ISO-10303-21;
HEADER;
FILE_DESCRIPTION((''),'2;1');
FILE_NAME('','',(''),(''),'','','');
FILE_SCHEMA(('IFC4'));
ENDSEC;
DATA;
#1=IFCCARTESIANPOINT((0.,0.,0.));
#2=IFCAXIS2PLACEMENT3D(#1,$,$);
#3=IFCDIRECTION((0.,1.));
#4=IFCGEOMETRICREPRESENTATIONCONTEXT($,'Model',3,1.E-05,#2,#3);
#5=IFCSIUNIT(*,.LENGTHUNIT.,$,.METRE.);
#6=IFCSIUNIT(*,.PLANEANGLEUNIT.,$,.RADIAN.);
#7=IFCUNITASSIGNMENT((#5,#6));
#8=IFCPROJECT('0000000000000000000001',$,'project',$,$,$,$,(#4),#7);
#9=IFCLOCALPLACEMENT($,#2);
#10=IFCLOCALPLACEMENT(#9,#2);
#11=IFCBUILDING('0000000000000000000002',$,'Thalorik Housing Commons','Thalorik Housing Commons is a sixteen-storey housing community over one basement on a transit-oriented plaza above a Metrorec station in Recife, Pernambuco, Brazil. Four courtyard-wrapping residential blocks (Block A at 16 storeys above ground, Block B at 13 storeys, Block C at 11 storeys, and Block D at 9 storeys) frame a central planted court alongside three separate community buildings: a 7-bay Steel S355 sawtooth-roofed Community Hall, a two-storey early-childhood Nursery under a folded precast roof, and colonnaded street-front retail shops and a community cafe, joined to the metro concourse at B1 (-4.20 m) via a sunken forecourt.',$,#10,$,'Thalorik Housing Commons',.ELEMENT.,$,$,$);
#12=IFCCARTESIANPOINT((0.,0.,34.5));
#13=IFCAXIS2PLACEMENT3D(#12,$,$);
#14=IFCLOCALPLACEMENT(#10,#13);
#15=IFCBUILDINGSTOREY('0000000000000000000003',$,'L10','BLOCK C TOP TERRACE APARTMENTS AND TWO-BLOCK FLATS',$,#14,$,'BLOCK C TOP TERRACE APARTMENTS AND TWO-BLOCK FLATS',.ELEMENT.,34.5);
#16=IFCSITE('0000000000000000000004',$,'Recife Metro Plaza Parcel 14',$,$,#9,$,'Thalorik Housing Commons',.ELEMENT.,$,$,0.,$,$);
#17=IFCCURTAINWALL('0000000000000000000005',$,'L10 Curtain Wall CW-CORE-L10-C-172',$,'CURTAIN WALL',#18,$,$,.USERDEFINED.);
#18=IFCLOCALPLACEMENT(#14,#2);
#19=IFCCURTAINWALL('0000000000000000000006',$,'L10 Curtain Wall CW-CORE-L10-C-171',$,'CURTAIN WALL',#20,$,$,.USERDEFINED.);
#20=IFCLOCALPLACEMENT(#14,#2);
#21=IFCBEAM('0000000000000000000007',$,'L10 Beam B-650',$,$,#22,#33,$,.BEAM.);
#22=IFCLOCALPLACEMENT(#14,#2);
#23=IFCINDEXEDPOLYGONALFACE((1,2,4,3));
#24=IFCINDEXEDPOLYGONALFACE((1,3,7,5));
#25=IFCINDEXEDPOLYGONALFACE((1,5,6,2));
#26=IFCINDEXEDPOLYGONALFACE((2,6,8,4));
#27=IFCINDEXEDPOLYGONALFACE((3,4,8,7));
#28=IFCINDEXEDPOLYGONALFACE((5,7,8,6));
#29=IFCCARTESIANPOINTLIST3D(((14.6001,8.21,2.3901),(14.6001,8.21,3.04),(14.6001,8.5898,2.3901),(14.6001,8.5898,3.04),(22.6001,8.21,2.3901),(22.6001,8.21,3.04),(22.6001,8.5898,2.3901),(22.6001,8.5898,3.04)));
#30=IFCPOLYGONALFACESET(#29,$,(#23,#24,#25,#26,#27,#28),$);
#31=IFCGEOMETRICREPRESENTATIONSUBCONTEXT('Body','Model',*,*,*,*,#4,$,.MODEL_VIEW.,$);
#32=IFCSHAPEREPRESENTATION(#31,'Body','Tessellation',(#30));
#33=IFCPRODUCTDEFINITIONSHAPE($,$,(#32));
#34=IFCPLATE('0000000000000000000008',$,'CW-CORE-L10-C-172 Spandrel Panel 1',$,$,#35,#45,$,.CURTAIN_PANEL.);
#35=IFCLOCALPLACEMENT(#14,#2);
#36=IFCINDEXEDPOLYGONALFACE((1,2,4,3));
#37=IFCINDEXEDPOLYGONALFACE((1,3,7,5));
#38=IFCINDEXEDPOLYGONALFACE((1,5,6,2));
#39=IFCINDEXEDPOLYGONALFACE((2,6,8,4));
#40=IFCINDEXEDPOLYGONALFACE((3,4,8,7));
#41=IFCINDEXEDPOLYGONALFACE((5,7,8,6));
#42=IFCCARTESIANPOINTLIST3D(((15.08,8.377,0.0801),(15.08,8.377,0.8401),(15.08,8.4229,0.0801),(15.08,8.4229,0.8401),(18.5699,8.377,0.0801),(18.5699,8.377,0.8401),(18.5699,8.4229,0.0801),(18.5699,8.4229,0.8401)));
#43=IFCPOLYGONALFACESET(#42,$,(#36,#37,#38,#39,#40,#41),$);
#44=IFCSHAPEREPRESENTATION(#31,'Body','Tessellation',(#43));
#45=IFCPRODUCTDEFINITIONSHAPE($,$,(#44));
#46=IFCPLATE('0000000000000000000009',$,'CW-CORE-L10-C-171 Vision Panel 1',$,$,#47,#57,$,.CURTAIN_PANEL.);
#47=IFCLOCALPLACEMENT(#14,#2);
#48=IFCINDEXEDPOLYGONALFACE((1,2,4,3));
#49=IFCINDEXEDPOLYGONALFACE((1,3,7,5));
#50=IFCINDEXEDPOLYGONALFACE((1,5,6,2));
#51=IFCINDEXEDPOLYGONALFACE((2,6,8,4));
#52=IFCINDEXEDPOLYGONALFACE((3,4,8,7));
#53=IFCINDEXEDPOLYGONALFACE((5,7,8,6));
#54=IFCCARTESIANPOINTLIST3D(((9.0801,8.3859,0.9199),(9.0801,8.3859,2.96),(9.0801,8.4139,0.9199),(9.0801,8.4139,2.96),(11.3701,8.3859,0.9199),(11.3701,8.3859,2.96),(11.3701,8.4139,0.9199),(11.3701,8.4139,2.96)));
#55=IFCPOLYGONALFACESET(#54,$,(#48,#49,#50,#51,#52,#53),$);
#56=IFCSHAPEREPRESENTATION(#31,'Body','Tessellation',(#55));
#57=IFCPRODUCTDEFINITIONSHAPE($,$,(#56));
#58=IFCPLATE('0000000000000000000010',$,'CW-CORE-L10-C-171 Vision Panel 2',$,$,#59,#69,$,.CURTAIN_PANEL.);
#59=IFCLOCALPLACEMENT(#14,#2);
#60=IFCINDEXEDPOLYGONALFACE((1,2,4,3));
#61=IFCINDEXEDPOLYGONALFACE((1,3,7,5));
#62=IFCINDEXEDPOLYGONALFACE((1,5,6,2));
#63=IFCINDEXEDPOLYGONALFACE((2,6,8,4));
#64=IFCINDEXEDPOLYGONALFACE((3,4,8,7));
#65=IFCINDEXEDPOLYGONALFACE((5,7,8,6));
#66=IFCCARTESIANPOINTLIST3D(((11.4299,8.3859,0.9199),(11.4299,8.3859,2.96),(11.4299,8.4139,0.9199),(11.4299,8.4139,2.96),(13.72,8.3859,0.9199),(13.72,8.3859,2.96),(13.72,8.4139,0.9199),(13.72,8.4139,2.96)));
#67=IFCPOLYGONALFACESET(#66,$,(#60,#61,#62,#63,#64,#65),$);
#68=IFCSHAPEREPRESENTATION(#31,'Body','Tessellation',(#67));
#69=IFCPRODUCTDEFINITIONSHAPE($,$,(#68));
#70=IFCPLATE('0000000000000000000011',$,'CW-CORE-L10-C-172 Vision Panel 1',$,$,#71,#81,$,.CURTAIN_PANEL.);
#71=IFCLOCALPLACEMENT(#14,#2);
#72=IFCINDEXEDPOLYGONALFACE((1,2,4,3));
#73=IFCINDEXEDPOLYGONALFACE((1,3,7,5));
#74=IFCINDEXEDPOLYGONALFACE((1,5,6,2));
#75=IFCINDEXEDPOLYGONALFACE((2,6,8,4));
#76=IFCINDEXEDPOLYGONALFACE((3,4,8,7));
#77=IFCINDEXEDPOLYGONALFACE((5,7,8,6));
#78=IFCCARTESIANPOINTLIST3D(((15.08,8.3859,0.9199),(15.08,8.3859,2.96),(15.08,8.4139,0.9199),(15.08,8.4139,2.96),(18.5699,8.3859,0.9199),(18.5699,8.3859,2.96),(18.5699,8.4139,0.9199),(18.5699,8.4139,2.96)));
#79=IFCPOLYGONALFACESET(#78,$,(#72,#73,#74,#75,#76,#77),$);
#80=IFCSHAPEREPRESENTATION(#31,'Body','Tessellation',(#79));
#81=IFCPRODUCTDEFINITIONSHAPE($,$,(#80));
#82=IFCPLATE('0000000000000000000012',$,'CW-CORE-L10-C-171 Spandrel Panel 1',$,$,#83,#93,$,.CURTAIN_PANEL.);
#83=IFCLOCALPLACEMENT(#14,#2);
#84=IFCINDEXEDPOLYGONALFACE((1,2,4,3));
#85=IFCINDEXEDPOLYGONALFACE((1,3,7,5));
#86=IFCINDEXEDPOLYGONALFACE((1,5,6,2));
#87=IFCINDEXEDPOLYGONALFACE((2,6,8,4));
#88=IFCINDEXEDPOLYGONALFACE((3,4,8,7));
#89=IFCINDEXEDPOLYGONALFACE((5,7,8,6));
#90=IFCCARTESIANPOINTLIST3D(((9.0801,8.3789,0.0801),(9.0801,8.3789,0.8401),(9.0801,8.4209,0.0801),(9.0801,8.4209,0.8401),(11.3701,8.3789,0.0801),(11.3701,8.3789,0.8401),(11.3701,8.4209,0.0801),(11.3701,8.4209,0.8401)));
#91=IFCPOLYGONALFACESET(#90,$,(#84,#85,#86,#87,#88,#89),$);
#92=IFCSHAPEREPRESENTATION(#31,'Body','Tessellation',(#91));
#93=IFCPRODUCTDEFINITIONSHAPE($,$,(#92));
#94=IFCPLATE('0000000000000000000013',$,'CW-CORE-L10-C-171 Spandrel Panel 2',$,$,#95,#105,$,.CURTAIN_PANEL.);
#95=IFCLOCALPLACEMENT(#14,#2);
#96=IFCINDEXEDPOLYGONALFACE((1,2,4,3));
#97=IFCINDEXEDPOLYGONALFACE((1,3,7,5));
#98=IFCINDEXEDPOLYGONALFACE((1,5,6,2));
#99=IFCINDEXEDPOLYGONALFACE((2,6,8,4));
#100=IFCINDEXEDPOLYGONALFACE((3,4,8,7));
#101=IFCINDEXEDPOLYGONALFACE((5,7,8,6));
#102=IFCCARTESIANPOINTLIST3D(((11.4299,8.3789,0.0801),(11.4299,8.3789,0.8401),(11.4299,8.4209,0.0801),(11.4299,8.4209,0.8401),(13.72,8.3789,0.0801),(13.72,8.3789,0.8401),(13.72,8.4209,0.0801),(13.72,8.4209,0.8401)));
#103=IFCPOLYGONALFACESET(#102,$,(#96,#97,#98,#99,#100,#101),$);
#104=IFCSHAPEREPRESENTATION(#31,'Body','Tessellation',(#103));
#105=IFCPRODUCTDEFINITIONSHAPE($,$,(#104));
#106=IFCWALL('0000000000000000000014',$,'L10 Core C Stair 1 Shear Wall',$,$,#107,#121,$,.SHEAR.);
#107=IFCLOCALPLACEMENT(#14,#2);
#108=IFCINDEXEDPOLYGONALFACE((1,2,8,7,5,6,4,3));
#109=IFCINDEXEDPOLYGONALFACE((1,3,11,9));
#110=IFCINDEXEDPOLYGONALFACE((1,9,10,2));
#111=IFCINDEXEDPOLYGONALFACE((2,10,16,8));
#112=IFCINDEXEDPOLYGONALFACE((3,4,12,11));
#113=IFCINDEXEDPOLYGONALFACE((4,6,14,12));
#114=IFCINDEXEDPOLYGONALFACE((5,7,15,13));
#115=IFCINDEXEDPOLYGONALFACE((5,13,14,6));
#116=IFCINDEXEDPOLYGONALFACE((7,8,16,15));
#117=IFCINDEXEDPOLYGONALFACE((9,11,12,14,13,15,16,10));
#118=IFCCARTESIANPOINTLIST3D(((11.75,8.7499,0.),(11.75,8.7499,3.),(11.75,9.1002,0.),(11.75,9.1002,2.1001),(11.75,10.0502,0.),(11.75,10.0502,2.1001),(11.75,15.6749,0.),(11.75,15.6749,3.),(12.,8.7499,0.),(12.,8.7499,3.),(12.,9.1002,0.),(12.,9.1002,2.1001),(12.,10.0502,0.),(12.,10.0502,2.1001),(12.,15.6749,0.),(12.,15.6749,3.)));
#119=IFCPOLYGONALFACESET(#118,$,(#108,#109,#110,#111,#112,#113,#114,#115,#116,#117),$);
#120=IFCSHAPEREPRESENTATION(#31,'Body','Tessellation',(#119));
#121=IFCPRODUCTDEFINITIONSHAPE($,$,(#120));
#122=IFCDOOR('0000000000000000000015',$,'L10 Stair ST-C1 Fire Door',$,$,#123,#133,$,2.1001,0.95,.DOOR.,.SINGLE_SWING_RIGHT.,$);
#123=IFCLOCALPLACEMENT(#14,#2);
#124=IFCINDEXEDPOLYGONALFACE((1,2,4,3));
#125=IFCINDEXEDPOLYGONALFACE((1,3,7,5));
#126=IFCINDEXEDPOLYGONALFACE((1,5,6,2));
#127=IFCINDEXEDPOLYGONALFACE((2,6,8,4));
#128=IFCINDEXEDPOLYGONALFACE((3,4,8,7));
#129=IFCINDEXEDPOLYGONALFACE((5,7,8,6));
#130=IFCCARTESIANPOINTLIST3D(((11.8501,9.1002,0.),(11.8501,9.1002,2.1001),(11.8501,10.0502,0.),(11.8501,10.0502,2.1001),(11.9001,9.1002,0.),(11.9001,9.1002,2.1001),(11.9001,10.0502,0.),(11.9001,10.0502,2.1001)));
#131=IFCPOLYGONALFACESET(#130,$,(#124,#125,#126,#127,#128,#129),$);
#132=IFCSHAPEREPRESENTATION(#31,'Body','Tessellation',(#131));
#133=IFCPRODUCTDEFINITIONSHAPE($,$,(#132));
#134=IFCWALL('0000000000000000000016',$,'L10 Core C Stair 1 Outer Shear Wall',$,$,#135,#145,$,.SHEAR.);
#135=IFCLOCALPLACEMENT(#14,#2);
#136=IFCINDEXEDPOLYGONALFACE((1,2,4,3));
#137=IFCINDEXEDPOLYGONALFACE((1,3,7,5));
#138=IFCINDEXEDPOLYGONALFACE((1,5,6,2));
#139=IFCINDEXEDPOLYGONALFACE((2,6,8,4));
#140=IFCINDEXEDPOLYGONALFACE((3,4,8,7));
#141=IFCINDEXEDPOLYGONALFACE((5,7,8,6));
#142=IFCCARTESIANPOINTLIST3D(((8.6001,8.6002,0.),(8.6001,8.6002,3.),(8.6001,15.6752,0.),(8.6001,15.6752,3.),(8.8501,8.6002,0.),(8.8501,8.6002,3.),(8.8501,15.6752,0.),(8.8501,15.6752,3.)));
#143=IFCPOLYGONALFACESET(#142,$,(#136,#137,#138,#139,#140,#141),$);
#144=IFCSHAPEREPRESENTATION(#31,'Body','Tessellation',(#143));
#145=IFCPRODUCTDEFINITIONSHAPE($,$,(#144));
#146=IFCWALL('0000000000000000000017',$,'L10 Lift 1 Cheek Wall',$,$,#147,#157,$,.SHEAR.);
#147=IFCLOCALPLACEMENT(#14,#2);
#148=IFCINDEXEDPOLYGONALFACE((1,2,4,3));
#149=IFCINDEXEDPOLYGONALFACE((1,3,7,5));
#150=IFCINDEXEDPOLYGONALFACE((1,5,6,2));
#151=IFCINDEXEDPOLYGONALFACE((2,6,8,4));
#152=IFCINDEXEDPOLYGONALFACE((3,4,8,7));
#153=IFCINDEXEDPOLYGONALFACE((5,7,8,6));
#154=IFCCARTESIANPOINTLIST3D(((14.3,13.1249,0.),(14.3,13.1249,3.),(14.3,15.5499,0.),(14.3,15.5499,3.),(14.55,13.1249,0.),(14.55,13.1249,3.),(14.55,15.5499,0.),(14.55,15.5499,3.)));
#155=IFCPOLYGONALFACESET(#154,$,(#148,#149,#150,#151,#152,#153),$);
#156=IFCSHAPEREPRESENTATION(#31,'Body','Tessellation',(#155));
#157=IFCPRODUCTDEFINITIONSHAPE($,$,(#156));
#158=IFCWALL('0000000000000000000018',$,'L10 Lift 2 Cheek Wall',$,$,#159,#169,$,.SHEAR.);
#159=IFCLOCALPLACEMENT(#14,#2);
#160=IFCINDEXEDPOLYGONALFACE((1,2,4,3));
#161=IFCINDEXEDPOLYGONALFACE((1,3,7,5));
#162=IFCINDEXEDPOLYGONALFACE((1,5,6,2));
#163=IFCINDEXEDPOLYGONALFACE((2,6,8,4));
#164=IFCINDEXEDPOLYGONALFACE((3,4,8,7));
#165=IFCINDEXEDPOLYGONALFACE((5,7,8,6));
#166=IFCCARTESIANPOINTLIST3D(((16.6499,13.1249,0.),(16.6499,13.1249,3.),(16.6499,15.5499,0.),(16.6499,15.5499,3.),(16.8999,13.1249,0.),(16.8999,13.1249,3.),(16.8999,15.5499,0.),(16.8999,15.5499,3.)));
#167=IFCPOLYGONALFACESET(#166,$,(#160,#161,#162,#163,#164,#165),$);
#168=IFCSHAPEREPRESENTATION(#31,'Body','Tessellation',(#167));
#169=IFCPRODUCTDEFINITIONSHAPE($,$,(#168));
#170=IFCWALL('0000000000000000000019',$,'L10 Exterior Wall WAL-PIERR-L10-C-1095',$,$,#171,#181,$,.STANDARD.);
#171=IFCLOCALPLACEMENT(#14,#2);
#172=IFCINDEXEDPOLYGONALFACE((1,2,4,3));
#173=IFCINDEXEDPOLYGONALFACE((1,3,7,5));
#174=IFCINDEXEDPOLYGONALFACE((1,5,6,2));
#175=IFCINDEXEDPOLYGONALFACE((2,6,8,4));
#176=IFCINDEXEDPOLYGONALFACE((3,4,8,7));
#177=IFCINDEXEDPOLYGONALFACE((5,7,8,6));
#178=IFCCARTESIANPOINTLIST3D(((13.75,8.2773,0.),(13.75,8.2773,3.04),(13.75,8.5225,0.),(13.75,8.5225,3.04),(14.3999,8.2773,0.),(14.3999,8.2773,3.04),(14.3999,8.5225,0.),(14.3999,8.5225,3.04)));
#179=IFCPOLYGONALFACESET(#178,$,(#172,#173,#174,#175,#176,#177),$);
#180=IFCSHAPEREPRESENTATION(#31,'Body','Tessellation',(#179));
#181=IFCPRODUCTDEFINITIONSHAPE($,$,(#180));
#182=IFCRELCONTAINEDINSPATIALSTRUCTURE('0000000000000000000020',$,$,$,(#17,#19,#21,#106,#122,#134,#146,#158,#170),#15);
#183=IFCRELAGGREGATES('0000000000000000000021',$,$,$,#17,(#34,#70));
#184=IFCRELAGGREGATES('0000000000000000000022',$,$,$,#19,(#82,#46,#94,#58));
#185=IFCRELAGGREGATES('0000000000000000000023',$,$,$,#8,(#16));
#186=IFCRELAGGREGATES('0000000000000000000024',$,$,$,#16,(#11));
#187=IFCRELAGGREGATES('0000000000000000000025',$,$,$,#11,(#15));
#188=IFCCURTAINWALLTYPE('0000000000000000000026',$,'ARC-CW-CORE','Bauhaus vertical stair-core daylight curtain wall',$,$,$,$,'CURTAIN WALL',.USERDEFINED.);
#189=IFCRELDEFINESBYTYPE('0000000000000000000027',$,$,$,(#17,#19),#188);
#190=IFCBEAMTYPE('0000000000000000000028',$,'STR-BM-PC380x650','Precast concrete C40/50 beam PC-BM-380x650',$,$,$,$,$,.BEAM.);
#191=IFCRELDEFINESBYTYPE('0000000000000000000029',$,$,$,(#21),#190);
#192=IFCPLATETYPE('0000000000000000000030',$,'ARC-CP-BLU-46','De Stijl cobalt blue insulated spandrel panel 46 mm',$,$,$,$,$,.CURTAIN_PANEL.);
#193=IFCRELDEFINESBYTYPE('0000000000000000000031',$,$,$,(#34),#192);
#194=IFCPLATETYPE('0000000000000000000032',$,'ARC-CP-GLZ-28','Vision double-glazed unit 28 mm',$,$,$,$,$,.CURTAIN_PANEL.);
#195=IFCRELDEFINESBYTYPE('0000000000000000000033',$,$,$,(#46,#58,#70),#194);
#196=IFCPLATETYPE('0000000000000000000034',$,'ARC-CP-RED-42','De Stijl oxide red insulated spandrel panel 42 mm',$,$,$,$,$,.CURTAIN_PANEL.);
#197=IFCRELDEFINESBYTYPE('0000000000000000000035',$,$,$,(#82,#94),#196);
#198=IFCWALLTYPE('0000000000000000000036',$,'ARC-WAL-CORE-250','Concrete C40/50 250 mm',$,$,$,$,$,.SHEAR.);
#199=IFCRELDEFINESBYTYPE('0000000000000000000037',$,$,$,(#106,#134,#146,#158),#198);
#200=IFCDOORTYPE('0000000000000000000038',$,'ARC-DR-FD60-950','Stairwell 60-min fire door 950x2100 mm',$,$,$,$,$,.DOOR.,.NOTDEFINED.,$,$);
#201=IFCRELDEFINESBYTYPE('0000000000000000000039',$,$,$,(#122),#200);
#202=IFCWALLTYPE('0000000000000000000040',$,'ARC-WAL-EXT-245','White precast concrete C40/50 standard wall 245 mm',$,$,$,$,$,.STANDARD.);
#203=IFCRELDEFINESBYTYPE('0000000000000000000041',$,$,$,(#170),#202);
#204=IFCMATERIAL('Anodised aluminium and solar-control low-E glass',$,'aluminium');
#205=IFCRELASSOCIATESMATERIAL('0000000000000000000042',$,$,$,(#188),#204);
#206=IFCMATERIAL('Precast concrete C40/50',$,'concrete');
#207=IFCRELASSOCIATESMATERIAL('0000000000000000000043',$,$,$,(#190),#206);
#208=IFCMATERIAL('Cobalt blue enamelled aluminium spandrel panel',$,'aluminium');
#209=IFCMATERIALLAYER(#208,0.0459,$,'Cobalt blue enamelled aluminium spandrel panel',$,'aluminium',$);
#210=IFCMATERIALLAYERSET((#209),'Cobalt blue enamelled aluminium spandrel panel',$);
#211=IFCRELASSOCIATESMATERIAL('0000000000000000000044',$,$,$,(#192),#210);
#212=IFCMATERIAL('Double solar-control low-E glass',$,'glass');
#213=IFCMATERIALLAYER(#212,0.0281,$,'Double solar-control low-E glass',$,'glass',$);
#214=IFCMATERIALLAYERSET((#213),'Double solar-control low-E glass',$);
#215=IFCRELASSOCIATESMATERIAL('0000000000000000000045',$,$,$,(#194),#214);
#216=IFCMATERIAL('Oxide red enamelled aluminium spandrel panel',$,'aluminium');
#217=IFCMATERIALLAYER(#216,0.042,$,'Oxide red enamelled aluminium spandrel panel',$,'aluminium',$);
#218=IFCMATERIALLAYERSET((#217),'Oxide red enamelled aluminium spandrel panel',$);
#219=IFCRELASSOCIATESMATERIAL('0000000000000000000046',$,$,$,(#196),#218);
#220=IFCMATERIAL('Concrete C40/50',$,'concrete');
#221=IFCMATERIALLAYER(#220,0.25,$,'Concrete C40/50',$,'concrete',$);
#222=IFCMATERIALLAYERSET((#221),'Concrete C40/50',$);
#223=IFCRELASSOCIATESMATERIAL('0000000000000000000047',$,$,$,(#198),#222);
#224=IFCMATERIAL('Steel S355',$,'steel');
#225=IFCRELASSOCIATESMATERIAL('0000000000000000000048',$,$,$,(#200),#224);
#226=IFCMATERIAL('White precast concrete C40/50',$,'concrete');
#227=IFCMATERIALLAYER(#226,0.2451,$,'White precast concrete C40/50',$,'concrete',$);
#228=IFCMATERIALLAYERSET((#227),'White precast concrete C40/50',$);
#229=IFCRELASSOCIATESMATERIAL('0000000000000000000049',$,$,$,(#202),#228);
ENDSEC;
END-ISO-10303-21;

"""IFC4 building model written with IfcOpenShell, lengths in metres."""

from ifc_helpers import new_model, si_unit, direction, frame, frame_2d, origin, origin_2d, place, context, subcontext, project, spatial, rectangle, extrude, material, layer, layer_set, material_profile, profile_set, type_object, element, fill, aggregate, save


model = new_model("IFC4")

# Units and contexts
model_context = context("Model", 3, precision=1e-05, world=origin(), true_north=direction((0.0, 1.0)))
body_context = subcontext(model_context, "Body", "Model", "MODEL_VIEW")
ifc_project = project(units=[si_unit("LENGTHUNIT", "METRE"), si_unit("PLANEANGLEUNIT", "RADIAN")], contexts=[model_context])

# Site, building, storey
site_placement = place(None, origin())
site = spatial("IfcSite", under=ifc_project, at=site_placement, Name="Recife Metro Plaza Parcel 14", LongName="Thalorik Housing Commons", CompositionType="ELEMENT", RefElevation=0.0)
building_placement = place(site_placement, origin())
building = spatial("IfcBuilding", under=site, at=building_placement, Name="Thalorik Housing Commons", Description="Thalorik Housing Commons is a sixteen-storey housing community over one basement on a transit-oriented plaza above a Metrorec station in Recife, Pernambuco, Brazil. Four courtyard-wrapping residential blocks (Block A at 16 storeys above ground, Block B at 13 storeys, Block C at 11 storeys, and Block D at 9 storeys) frame a central planted court alongside three separate community buildings: a 7-bay Steel S355 sawtooth-roofed Community Hall, a two-storey early-childhood Nursery under a folded precast roof, and colonnaded street-front retail shops and a community cafe, joined to the metro concourse at B1 (-4.20 m) via a sunken forecourt.", LongName="Thalorik Housing Commons", CompositionType="ELEMENT")
storey_placement = place(building_placement, frame((0.0, 0.0, 34.5)))
storey = spatial("IfcBuildingStorey", under=building, at=storey_placement, Name="L10", Description="BLOCK C TOP TERRACE APARTMENTS AND TWO-BLOCK FLATS", LongName="BLOCK C TOP TERRACE APARTMENTS AND TWO-BLOCK FLATS", CompositionType="ELEMENT", Elevation=34.5)

# Shared definitions
ifc_material_1 = material(Name="Precast concrete C40/50", Category="concrete")

# Curtain walls
ifc_material_2 = material(Name="Anodised aluminium and solar-control low-E glass", Category="aluminium")
curtain_wall_type = type_object("IfcCurtainWallType", Name="ARC-CW-CORE", Description="Bauhaus vertical stair-core daylight curtain wall", ElementType="CURTAIN WALL", PredefinedType="USERDEFINED", material=ifc_material_2)
curtain_wall_1_placement = place(storey_placement, origin())
curtain_wall_1 = element("IfcCurtainWall", 1, at=curtain_wall_1_placement, inside=storey, type_object=curtain_wall_type, Name="L10 Curtain Wall CW-CORE-L10-C-172", ObjectType="CURTAIN WALL", PredefinedType="USERDEFINED")
curtain_wall_2_placement = place(storey_placement, origin())
curtain_wall_2 = element("IfcCurtainWall", 2, at=curtain_wall_2_placement, inside=storey, type_object=curtain_wall_type, Name="L10 Curtain Wall CW-CORE-L10-C-171", ObjectType="CURTAIN WALL", PredefinedType="USERDEFINED")

# Beam
ifc_material_profile_1 = material_profile(ifc_material_1, rectangle(XDim=0.3799, YDim=0.6499, at=origin_2d()), Name="PC 380x650", Category="concrete")
ifc_profile_set_1 = profile_set([ifc_material_profile_1], Name="Precast concrete C40/50")
beam_type_1 = type_object("IfcBeamType", Name="STR-BM-PC380x650", Description="Precast concrete C40/50 beam PC-BM-380x650", PredefinedType="BEAM", material=ifc_profile_set_1)
beam_1_placement = place(storey_placement, frame((14.6001, 8.3999, 2.7151), z_axis=(1.0, 0.0, 0.0), x_axis=(0.0, 1.0, 0.0)))
element("IfcBeam", 3, at=beam_1_placement, inside=storey, type_object=beam_type_1, Name="L10 Beam B-650", PredefinedType="BEAM", context=body_context, shape_type="SweptSolid", body=[
    extrude(rectangle(XDim=0.3799, YDim=0.6499, at=origin_2d()), origin(), (0.0, 0.0, 1.0), 8.0),
])

# Plates
ifc_material_3 = material(Name="Cobalt blue enamelled aluminium spandrel panel", Category="aluminium")
ifc_layer_1 = layer(ifc_material_3, 0.0459, Name="Cobalt blue enamelled aluminium spandrel panel", Category="aluminium")
ifc_layer_set_1 = layer_set([ifc_layer_1], Name="Cobalt blue enamelled aluminium spandrel panel")
plate_type_1 = type_object("IfcPlateType", Name="ARC-CP-BLU-46", Description="De Stijl cobalt blue insulated spandrel panel 46 mm", PredefinedType="CURTAIN_PANEL", material=ifc_layer_set_1)
plate_1_placement = place(storey_placement, frame((16.825, 8.3999, 0.0801), z_axis=(0.0, 0.0, 1.0), x_axis=(1.0, 0.0, 0.0)))
plate_1 = element("IfcPlate", 4, at=plate_1_placement, type_object=plate_type_1, Name="CW-CORE-L10-C-172 Spandrel Panel 1", PredefinedType="CURTAIN_PANEL", context=body_context, shape_type="SweptSolid", body=[
    extrude(rectangle(XDim=3.49, YDim=0.0459, at=origin_2d()), origin(), (0.0, 0.0, 1.0), 0.76),
])
ifc_material_4 = material(Name="Double solar-control low-E glass", Category="glass")
ifc_layer_2 = layer(ifc_material_4, 0.0281, Name="Double solar-control low-E glass", Category="glass")
ifc_layer_set_2 = layer_set([ifc_layer_2], Name="Double solar-control low-E glass")
plate_type_2 = type_object("IfcPlateType", Name="ARC-CP-GLZ-28", Description="Vision double-glazed unit 28 mm", PredefinedType="CURTAIN_PANEL", material=ifc_layer_set_2)
plate_2_placement = place(storey_placement, frame((10.2251, 8.3999, 0.9199), z_axis=(0.0, 0.0, 1.0), x_axis=(1.0, 0.0, 0.0)))
plate_2 = element("IfcPlate", 5, at=plate_2_placement, type_object=plate_type_2, Name="CW-CORE-L10-C-171 Vision Panel 1", PredefinedType="CURTAIN_PANEL", context=body_context, shape_type="SweptSolid", body=[
    extrude(rectangle(XDim=2.29, YDim=0.0281, at=origin_2d()), origin(), (0.0, 0.0, 1.0), 2.04),
])
plate_3_placement = place(storey_placement, frame((12.575, 8.3999, 0.9199), z_axis=(0.0, 0.0, 1.0), x_axis=(1.0, 0.0, 0.0)))
plate_3 = element("IfcPlate", 6, at=plate_3_placement, type_object=plate_type_2, Name="CW-CORE-L10-C-171 Vision Panel 2", PredefinedType="CURTAIN_PANEL", context=body_context, shape_type="SweptSolid", body=[
    extrude(rectangle(XDim=2.29, YDim=0.0281, at=origin_2d()), origin(), (0.0, 0.0, 1.0), 2.04),
])
plate_4_placement = place(storey_placement, frame((16.825, 8.3999, 0.9199), z_axis=(0.0, 0.0, 1.0), x_axis=(1.0, 0.0, 0.0)))
plate_4 = element("IfcPlate", 7, at=plate_4_placement, type_object=plate_type_2, Name="CW-CORE-L10-C-172 Vision Panel 1", PredefinedType="CURTAIN_PANEL", context=body_context, shape_type="SweptSolid", body=[
    extrude(rectangle(XDim=3.49, YDim=0.0281, at=origin_2d()), origin(), (0.0, 0.0, 1.0), 2.04),
])
aggregate(curtain_wall_1, [plate_1, plate_4])
ifc_material_5 = material(Name="Oxide red enamelled aluminium spandrel panel", Category="aluminium")
ifc_layer_3 = layer(ifc_material_5, 0.042, Name="Oxide red enamelled aluminium spandrel panel", Category="aluminium")
ifc_layer_set_3 = layer_set([ifc_layer_3], Name="Oxide red enamelled aluminium spandrel panel")
plate_type_3 = type_object("IfcPlateType", Name="ARC-CP-RED-42", Description="De Stijl oxide red insulated spandrel panel 42 mm", PredefinedType="CURTAIN_PANEL", material=ifc_layer_set_3)
plate_5_placement = place(storey_placement, frame((10.2251, 8.3999, 0.0801), z_axis=(0.0, 0.0, 1.0), x_axis=(1.0, 0.0, 0.0)))
plate_5 = element("IfcPlate", 8, at=plate_5_placement, type_object=plate_type_3, Name="CW-CORE-L10-C-171 Spandrel Panel 1", PredefinedType="CURTAIN_PANEL", context=body_context, shape_type="SweptSolid", body=[
    extrude(rectangle(XDim=2.29, YDim=0.042, at=origin_2d()), origin(), (0.0, 0.0, 1.0), 0.76),
])
plate_6_placement = place(storey_placement, frame((12.575, 8.3999, 0.0801), z_axis=(0.0, 0.0, 1.0), x_axis=(1.0, 0.0, 0.0)))
plate_6 = element("IfcPlate", 9, at=plate_6_placement, type_object=plate_type_3, Name="CW-CORE-L10-C-171 Spandrel Panel 2", PredefinedType="CURTAIN_PANEL", context=body_context, shape_type="SweptSolid", body=[
    extrude(rectangle(XDim=2.29, YDim=0.042, at=origin_2d()), origin(), (0.0, 0.0, 1.0), 0.76),
])
aggregate(curtain_wall_2, [plate_5, plate_2, plate_6, plate_3])

# Wall, opening, door
ifc_material_6 = material(Name="Concrete C40/50", Category="concrete")
ifc_layer_4 = layer(ifc_material_6, 0.25, Name="Concrete C40/50", Category="concrete")
ifc_layer_set_4 = layer_set([ifc_layer_4], Name="Concrete C40/50")
wall_type_1 = type_object("IfcWallType", Name="ARC-WAL-CORE-250", Description="Concrete C40/50 250 mm", PredefinedType="SHEAR", material=ifc_layer_set_4)
wall_1_placement = place(storey_placement, frame((11.875, 8.75, 0.0), z_axis=(0.0, 0.0, 1.0), x_axis=(0.0, 1.0, 0.0)))
wall_1 = element("IfcWall", 10, at=wall_1_placement, inside=storey, type_object=wall_type_1, Name="L10 Core C Stair 1 Shear Wall", PredefinedType="SHEAR", context=body_context, shape_type="SweptSolid", body=[
    extrude(rectangle(XDim=6.925, YDim=0.25, at=frame_2d((3.4624, 0.0))), origin(), (0.0, 0.0, 1.0), 3.0),
])
opening_1_placement = place(wall_1_placement, frame((0.3501, 0.0, 0.0)))
opening_1 = element("IfcOpeningElement", 11, at=opening_1_placement, cuts=wall_1, PredefinedType="OPENING", context=body_context, shape_type="SweptSolid", body=[
    extrude(rectangle(XDim=0.95, YDim=2.1001, at=frame_2d((0.4751, 1.05))), frame((0.0, 0.135, 0.0), z_axis=(0.0, -1.0, 0.0), x_axis=(1.0, 0.0, 0.0)), (0.0, 0.0, 1.0), 0.27),
])
ifc_material_7 = material(Name="Steel S355", Category="steel")
door_type_1 = type_object("IfcDoorType", Name="ARC-DR-FD60-950", Description="Stairwell 60-min fire door 950x2100 mm", OperationType="NOTDEFINED", PredefinedType="DOOR", material=ifc_material_7)
door_1_placement = place(opening_1_placement, origin())
door_1 = element("IfcDoor", 12, at=door_1_placement, inside=storey, type_object=door_type_1, Name="L10 Stair ST-C1 Fire Door", OperationType="SINGLE_SWING_RIGHT", OverallHeight=2.1001, OverallWidth=0.95, PredefinedType="DOOR", context=body_context, shape_type="SweptSolid", body=[
    extrude(rectangle(XDim=0.95, YDim=2.1001, at=frame_2d((0.4751, 1.05))), frame((0.0, 0.0249, 0.0), z_axis=(0.0, -1.0, 0.0), x_axis=(1.0, 0.0, 0.0)), (0.0, 0.0, 1.0), 0.05),
])
fill(opening_1, door_1)

# Wall
wall_2_placement = place(storey_placement, frame((8.7251, 8.6001, 0.0), z_axis=(0.0, 0.0, 1.0), x_axis=(0.0, 1.0, 0.0)))
element("IfcWall", 13, at=wall_2_placement, inside=storey, type_object=wall_type_1, Name="L10 Core C Stair 1 Outer Shear Wall", PredefinedType="SHEAR", context=body_context, shape_type="SweptSolid", body=[
    extrude(rectangle(XDim=7.075, YDim=0.25, at=frame_2d((3.5376, 0.0))), origin(), (0.0, 0.0, 1.0), 3.0),
])

# Walls
for number, where, z_axis, x_axis, name in (
    (14, (14.425, 13.125, 0.0), (0.0, 0.0, 1.0), (0.0, 1.0, 0.0), "L10 Lift 1 Cheek Wall"),
    (15, (16.7749, 13.125, 0.0), (0.0, 0.0, 1.0), (0.0, 1.0, 0.0), "L10 Lift 2 Cheek Wall"),
):
    element("IfcWall", number, at=place(storey_placement, frame(where, z_axis=z_axis, x_axis=x_axis)), inside=storey, type_object=wall_type_1, Name=name, PredefinedType="SHEAR", context=body_context, shape_type="SweptSolid", body=[
        extrude(rectangle(XDim=2.425, YDim=0.25, at=frame_2d((1.2124, 0.0))), origin(), (0.0, 0.0, 1.0), 3.0),
    ])
ifc_material_8 = material(Name="White precast concrete C40/50", Category="concrete")
ifc_layer_5 = layer(ifc_material_8, 0.2451, Name="White precast concrete C40/50", Category="concrete")
ifc_layer_set_5 = layer_set([ifc_layer_5], Name="White precast concrete C40/50")
wall_type_2 = type_object("IfcWallType", Name="ARC-WAL-EXT-245", Description="White precast concrete C40/50 standard wall 245 mm", PredefinedType="STANDARD", material=ifc_layer_set_5)
wall_3_placement = place(storey_placement, frame((13.75, 8.3999, 0.0), z_axis=(0.0, 0.0, 1.0), x_axis=(1.0, 0.0, 0.0)))
element("IfcWall", 16, at=wall_3_placement, inside=storey, type_object=wall_type_2, Name="L10 Exterior Wall WAL-PIERR-L10-C-1095", PredefinedType="STANDARD", context=body_context, shape_type="SweptSolid", body=[
    extrude(rectangle(XDim=0.6499, YDim=0.2451, at=frame_2d((0.325, 0.0))), origin(), (0.0, 0.0, 1.0), 3.04),
])

save(model, "model.ifc")
